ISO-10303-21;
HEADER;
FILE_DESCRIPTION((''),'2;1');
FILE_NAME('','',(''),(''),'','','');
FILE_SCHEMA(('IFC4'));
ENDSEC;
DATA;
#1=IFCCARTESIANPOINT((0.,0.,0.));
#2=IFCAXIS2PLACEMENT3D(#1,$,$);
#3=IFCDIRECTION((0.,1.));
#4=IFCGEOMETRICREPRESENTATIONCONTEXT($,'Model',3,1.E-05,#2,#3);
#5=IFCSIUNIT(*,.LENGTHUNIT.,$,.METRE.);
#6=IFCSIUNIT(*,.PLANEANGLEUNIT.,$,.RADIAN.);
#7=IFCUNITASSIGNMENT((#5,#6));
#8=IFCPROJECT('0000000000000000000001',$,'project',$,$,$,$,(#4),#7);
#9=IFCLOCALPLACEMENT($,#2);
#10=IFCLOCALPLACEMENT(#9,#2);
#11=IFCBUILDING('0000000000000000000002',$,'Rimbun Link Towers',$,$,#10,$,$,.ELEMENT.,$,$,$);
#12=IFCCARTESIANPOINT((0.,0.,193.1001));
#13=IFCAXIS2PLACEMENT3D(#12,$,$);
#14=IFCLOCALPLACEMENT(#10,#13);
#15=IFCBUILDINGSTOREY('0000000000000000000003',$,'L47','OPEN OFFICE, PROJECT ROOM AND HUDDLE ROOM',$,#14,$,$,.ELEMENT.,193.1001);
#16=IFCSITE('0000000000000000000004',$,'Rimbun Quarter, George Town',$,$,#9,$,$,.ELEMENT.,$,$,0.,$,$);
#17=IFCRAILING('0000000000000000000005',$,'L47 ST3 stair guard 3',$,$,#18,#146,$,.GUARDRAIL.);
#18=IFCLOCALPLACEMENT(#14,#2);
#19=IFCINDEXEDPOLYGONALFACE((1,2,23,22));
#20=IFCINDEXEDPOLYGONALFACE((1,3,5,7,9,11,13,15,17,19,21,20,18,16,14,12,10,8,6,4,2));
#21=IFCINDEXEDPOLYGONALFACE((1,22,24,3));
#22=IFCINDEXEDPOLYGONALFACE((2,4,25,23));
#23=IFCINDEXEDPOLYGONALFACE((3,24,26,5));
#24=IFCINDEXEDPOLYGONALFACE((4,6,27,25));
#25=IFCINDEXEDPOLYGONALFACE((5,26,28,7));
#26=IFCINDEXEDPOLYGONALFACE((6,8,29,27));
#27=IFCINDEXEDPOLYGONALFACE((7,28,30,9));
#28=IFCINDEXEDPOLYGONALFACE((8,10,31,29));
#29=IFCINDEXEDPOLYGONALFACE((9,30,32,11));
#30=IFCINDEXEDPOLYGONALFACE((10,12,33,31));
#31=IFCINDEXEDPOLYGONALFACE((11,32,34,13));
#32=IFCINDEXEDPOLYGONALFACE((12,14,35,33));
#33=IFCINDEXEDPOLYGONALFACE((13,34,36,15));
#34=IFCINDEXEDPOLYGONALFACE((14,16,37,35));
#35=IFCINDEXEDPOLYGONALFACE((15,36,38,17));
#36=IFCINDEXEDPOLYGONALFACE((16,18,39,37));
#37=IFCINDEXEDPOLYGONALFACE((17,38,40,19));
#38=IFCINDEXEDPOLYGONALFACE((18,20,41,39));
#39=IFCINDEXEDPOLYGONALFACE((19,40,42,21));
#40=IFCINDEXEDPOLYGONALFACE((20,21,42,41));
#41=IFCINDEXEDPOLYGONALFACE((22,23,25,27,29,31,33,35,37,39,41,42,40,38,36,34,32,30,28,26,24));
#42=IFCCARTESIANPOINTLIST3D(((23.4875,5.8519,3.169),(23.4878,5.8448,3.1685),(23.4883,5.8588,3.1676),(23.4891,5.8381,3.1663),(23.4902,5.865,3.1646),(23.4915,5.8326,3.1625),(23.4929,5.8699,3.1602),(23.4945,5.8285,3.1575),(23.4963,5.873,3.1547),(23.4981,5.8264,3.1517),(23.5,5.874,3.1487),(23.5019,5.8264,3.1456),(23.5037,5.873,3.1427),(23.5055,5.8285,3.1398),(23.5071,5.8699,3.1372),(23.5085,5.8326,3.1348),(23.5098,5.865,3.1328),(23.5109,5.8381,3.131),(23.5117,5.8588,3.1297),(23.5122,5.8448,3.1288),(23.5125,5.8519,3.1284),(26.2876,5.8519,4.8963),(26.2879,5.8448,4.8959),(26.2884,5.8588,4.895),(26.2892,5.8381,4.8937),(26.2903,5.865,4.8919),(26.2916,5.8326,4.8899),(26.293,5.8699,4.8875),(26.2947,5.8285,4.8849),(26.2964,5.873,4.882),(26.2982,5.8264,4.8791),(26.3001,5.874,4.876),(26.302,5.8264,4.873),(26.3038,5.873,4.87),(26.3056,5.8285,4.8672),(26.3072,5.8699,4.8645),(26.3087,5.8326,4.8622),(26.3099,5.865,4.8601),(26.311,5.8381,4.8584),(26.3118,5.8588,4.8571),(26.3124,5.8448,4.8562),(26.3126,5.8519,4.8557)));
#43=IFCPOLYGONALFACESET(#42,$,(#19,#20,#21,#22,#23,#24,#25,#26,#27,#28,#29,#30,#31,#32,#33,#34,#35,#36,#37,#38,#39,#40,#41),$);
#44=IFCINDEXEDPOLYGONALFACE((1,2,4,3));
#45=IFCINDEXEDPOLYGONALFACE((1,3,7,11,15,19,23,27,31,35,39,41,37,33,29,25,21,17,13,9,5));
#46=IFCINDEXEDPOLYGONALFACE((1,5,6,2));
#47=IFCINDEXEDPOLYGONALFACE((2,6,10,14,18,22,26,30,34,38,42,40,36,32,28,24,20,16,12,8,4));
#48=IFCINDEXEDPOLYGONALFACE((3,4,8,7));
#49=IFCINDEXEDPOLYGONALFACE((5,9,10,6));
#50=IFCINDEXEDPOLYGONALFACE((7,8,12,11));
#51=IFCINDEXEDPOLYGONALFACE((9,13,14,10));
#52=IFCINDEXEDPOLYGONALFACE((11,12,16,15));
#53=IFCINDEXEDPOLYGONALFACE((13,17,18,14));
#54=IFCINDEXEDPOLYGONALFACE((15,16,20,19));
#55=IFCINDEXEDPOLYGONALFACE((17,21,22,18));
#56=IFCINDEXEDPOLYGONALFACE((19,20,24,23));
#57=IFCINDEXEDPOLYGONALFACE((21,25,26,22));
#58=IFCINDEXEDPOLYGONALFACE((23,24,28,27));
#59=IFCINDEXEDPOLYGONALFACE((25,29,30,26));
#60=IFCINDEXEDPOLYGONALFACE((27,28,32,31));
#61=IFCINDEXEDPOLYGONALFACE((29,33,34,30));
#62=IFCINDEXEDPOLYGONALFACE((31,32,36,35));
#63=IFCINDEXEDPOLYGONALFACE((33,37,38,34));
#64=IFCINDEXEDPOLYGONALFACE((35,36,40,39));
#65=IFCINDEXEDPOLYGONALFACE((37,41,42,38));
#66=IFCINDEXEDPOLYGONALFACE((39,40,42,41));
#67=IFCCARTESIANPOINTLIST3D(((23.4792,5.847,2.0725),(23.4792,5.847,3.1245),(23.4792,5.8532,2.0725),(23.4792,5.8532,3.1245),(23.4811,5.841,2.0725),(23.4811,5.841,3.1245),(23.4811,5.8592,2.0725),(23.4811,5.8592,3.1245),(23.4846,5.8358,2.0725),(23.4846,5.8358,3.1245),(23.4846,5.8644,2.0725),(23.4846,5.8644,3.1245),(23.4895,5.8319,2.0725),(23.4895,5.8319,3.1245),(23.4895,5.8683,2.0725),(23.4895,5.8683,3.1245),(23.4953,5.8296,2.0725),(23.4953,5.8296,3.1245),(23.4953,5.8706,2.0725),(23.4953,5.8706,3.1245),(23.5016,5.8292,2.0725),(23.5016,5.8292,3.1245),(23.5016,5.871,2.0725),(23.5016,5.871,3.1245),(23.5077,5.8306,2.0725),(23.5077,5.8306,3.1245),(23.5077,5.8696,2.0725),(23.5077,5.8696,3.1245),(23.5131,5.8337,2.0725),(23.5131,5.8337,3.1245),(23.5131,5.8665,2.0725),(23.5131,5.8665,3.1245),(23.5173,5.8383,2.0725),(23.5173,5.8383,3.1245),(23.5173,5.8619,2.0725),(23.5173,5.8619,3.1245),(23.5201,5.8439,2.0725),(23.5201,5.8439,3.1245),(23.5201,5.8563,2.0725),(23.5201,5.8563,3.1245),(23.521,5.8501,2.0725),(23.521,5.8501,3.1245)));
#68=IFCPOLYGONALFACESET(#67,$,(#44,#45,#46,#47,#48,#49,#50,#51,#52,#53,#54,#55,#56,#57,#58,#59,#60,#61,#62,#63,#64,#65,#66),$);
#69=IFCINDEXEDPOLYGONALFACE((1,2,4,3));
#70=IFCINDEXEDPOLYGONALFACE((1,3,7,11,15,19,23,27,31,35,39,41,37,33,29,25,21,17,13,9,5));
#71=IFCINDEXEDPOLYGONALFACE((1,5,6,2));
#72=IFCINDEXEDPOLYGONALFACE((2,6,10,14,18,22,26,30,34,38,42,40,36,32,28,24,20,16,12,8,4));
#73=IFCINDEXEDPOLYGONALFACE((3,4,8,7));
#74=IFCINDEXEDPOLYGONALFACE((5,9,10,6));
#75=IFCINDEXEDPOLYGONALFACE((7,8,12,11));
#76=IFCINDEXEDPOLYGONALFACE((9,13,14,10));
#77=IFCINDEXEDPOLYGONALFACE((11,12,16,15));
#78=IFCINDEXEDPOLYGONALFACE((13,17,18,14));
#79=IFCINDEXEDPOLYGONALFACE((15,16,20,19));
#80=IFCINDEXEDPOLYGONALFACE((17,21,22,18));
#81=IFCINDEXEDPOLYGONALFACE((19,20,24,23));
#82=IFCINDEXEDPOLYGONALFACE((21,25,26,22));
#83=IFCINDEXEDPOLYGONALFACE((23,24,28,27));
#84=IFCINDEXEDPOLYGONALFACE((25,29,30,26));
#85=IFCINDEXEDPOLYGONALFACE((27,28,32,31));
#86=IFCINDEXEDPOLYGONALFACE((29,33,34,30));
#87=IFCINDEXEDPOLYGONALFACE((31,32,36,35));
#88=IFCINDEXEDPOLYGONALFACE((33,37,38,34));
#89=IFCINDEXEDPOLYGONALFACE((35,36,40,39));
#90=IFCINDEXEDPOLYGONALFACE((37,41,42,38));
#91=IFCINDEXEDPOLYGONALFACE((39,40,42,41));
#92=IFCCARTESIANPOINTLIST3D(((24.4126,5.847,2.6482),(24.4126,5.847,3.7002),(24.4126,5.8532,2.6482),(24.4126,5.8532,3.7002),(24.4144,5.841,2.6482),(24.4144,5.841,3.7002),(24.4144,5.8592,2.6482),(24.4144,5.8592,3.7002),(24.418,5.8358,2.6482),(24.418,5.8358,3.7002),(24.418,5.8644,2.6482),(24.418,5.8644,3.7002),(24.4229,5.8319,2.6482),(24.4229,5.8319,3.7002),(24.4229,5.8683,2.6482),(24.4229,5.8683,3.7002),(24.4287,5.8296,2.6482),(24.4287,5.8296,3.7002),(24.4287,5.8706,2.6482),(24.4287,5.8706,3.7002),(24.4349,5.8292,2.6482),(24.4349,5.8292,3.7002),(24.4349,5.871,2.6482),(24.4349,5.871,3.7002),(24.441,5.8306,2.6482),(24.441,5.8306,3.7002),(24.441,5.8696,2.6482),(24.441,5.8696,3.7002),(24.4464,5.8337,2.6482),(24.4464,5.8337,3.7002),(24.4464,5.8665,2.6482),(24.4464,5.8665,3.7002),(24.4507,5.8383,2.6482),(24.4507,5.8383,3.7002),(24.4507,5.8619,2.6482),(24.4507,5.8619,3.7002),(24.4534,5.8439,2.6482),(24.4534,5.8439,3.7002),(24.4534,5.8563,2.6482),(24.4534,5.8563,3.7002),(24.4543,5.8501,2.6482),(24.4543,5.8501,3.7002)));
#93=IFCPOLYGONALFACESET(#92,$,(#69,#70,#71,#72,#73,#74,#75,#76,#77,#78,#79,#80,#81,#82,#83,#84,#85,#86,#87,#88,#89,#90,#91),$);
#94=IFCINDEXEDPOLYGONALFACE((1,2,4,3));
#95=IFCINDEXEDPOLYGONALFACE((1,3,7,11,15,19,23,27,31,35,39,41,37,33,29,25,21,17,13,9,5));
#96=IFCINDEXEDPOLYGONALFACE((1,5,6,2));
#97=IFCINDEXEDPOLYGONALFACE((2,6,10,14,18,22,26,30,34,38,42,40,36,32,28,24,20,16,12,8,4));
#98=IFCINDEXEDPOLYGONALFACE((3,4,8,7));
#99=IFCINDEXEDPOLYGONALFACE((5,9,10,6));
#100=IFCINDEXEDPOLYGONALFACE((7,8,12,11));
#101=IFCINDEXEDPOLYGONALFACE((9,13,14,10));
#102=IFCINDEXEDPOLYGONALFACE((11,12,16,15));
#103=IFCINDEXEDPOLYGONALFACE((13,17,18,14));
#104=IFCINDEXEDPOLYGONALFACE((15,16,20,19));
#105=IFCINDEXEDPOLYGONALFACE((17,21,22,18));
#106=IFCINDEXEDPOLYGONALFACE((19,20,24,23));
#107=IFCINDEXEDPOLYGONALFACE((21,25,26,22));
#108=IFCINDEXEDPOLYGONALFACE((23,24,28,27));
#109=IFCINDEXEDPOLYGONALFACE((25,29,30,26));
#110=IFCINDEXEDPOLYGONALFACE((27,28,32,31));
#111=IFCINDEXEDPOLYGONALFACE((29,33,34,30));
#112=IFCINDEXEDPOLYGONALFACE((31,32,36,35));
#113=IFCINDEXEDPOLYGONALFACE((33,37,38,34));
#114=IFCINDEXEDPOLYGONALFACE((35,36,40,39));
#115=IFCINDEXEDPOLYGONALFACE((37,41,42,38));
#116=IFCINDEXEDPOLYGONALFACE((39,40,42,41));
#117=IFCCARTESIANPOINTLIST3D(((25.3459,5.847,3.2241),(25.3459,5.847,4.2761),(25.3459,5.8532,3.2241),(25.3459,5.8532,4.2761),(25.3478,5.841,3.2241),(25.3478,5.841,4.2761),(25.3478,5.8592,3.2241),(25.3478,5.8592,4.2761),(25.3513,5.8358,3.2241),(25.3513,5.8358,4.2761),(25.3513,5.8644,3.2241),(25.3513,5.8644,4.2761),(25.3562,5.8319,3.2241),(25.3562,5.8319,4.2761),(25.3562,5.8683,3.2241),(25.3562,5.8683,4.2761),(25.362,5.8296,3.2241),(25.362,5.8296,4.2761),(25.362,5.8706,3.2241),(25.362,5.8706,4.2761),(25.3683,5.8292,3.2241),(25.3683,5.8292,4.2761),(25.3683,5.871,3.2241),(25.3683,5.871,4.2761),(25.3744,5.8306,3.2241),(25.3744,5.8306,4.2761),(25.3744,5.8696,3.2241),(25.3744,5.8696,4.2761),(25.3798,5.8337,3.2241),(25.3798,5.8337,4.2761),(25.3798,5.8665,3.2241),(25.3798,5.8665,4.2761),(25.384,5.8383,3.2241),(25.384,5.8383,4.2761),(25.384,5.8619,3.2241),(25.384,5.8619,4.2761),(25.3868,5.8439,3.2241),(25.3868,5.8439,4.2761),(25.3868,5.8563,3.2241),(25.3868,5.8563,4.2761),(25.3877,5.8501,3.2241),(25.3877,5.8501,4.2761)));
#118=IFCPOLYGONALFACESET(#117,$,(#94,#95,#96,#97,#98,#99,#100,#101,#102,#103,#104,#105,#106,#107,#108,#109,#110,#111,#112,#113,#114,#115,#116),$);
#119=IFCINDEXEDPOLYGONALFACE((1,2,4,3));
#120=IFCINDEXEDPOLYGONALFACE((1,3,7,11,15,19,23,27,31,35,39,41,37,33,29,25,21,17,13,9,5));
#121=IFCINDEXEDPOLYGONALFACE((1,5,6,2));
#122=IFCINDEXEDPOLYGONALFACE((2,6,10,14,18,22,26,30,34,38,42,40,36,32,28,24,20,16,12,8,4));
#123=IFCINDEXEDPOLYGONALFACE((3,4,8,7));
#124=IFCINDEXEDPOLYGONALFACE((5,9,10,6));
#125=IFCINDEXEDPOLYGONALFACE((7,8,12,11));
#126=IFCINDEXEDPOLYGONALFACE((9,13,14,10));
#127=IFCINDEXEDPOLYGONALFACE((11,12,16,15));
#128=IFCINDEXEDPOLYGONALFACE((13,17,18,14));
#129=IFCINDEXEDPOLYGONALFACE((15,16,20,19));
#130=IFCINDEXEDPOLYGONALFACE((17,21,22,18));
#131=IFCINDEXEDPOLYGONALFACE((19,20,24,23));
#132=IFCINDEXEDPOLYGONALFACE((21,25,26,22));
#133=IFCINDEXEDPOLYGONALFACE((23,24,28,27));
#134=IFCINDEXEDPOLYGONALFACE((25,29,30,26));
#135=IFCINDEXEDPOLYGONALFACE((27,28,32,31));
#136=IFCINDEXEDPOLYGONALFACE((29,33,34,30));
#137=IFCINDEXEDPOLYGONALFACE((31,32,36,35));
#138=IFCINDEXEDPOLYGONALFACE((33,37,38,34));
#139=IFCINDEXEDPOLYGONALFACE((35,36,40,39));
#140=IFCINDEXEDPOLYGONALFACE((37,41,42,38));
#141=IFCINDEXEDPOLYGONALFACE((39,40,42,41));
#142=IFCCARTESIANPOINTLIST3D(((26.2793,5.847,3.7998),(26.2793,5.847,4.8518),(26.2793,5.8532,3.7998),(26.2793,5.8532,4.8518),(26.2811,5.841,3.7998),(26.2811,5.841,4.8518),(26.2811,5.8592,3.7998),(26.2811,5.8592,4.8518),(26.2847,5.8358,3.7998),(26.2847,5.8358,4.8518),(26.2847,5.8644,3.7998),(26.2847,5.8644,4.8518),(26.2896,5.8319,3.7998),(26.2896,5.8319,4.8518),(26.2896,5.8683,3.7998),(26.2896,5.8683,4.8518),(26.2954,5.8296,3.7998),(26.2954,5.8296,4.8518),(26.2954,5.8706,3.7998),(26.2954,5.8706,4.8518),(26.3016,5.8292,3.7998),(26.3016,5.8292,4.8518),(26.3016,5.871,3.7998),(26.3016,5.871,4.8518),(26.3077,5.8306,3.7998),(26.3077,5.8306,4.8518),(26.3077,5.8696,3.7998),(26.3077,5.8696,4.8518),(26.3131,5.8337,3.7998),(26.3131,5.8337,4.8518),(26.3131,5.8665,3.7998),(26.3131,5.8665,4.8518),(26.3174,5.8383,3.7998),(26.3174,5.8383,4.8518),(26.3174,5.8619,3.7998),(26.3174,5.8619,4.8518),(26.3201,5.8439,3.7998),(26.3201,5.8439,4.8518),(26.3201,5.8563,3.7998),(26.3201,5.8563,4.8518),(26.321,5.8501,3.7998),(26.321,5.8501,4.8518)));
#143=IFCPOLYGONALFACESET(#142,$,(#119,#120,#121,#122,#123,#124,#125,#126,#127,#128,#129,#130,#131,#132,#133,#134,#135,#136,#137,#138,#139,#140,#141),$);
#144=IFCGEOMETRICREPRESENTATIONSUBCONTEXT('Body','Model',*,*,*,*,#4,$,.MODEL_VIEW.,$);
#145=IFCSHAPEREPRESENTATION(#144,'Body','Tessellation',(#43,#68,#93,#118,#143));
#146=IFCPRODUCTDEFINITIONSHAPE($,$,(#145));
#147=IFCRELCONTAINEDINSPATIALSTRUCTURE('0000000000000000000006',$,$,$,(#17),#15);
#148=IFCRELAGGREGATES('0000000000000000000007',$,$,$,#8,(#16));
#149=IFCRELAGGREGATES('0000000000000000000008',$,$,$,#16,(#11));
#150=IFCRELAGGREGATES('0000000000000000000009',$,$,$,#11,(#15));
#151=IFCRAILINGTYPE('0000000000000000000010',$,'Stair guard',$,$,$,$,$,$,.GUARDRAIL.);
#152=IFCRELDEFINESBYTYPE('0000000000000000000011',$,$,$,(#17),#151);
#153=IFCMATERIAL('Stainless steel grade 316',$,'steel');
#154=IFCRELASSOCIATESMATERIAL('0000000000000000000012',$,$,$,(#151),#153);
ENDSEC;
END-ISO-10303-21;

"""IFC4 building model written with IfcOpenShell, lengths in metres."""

from ifc_helpers import new_model, si_unit, direction, frame, origin, origin_2d, place, context, subcontext, project, spatial, circle, extrude, material, type_object, element, save


model = new_model("IFC4")

# Units and contexts
model_context = context("Model", 3, precision=1e-05, world=origin(), true_north=direction((0.0, 1.0)))
body_context = subcontext(model_context, "Body", "Model", "MODEL_VIEW")
ifc_project = project(units=[si_unit("LENGTHUNIT", "METRE"), si_unit("PLANEANGLEUNIT", "RADIAN")], contexts=[model_context])

# Site, building, storey
site_placement = place(None, origin())
site = spatial("IfcSite", under=ifc_project, at=site_placement, Name="Rimbun Quarter, George Town", CompositionType="ELEMENT", RefElevation=0.0)
building_placement = place(site_placement, origin())
building = spatial("IfcBuilding", under=site, at=building_placement, Name="Rimbun Link Towers", CompositionType="ELEMENT")
storey_placement = place(building_placement, frame((0.0, 0.0, 193.1001)))
storey = spatial("IfcBuildingStorey", under=building, at=storey_placement, Name="L47", Description="OPEN OFFICE, PROJECT ROOM AND HUDDLE ROOM", CompositionType="ELEMENT", Elevation=193.1001)

# Railing
ifc_material_1 = material(Name="Stainless steel grade 316", Category="steel")
railing_type_1 = type_object("IfcRailingType", Name="Stair guard", PredefinedType="GUARDRAIL", material=ifc_material_1)
railing_1_placement = place(storey_placement, frame((23.5, 5.8501, 2.0725)))
element("IfcRailing", 1, at=railing_1_placement, inside=storey, type_object=railing_type_1, Name="L47 ST3 stair guard 3", PredefinedType="GUARDRAIL", context=body_context, shape_type="SweptSolid", body=[
    extrude(circle(Radius=0.0239, at=origin_2d()), frame((0.0, 0.0, 1.0762), z_axis=(0.85109, 0.0, 0.52502), x_axis=(0.0, 1.0, 0.0)), (0.0, 0.0, 1.0), 3.29),
    extrude(circle(Radius=0.021, at=origin_2d()), origin(), (0.0, 0.0, 1.0), 1.052),
    extrude(circle(Radius=0.021, at=origin_2d()), frame((0.9333, 0.0, 0.5757)), (0.0, 0.0, 1.0), 1.052),
    extrude(circle(Radius=0.021, at=origin_2d()), frame((1.8667, 0.0, 1.1516)), (0.0, 0.0, 1.0), 1.052),
    extrude(circle(Radius=0.021, at=origin_2d()), frame((2.8, 0.0, 1.7273)), (0.0, 0.0, 1.0), 1.052),
])

save(model, "model.ifc")
